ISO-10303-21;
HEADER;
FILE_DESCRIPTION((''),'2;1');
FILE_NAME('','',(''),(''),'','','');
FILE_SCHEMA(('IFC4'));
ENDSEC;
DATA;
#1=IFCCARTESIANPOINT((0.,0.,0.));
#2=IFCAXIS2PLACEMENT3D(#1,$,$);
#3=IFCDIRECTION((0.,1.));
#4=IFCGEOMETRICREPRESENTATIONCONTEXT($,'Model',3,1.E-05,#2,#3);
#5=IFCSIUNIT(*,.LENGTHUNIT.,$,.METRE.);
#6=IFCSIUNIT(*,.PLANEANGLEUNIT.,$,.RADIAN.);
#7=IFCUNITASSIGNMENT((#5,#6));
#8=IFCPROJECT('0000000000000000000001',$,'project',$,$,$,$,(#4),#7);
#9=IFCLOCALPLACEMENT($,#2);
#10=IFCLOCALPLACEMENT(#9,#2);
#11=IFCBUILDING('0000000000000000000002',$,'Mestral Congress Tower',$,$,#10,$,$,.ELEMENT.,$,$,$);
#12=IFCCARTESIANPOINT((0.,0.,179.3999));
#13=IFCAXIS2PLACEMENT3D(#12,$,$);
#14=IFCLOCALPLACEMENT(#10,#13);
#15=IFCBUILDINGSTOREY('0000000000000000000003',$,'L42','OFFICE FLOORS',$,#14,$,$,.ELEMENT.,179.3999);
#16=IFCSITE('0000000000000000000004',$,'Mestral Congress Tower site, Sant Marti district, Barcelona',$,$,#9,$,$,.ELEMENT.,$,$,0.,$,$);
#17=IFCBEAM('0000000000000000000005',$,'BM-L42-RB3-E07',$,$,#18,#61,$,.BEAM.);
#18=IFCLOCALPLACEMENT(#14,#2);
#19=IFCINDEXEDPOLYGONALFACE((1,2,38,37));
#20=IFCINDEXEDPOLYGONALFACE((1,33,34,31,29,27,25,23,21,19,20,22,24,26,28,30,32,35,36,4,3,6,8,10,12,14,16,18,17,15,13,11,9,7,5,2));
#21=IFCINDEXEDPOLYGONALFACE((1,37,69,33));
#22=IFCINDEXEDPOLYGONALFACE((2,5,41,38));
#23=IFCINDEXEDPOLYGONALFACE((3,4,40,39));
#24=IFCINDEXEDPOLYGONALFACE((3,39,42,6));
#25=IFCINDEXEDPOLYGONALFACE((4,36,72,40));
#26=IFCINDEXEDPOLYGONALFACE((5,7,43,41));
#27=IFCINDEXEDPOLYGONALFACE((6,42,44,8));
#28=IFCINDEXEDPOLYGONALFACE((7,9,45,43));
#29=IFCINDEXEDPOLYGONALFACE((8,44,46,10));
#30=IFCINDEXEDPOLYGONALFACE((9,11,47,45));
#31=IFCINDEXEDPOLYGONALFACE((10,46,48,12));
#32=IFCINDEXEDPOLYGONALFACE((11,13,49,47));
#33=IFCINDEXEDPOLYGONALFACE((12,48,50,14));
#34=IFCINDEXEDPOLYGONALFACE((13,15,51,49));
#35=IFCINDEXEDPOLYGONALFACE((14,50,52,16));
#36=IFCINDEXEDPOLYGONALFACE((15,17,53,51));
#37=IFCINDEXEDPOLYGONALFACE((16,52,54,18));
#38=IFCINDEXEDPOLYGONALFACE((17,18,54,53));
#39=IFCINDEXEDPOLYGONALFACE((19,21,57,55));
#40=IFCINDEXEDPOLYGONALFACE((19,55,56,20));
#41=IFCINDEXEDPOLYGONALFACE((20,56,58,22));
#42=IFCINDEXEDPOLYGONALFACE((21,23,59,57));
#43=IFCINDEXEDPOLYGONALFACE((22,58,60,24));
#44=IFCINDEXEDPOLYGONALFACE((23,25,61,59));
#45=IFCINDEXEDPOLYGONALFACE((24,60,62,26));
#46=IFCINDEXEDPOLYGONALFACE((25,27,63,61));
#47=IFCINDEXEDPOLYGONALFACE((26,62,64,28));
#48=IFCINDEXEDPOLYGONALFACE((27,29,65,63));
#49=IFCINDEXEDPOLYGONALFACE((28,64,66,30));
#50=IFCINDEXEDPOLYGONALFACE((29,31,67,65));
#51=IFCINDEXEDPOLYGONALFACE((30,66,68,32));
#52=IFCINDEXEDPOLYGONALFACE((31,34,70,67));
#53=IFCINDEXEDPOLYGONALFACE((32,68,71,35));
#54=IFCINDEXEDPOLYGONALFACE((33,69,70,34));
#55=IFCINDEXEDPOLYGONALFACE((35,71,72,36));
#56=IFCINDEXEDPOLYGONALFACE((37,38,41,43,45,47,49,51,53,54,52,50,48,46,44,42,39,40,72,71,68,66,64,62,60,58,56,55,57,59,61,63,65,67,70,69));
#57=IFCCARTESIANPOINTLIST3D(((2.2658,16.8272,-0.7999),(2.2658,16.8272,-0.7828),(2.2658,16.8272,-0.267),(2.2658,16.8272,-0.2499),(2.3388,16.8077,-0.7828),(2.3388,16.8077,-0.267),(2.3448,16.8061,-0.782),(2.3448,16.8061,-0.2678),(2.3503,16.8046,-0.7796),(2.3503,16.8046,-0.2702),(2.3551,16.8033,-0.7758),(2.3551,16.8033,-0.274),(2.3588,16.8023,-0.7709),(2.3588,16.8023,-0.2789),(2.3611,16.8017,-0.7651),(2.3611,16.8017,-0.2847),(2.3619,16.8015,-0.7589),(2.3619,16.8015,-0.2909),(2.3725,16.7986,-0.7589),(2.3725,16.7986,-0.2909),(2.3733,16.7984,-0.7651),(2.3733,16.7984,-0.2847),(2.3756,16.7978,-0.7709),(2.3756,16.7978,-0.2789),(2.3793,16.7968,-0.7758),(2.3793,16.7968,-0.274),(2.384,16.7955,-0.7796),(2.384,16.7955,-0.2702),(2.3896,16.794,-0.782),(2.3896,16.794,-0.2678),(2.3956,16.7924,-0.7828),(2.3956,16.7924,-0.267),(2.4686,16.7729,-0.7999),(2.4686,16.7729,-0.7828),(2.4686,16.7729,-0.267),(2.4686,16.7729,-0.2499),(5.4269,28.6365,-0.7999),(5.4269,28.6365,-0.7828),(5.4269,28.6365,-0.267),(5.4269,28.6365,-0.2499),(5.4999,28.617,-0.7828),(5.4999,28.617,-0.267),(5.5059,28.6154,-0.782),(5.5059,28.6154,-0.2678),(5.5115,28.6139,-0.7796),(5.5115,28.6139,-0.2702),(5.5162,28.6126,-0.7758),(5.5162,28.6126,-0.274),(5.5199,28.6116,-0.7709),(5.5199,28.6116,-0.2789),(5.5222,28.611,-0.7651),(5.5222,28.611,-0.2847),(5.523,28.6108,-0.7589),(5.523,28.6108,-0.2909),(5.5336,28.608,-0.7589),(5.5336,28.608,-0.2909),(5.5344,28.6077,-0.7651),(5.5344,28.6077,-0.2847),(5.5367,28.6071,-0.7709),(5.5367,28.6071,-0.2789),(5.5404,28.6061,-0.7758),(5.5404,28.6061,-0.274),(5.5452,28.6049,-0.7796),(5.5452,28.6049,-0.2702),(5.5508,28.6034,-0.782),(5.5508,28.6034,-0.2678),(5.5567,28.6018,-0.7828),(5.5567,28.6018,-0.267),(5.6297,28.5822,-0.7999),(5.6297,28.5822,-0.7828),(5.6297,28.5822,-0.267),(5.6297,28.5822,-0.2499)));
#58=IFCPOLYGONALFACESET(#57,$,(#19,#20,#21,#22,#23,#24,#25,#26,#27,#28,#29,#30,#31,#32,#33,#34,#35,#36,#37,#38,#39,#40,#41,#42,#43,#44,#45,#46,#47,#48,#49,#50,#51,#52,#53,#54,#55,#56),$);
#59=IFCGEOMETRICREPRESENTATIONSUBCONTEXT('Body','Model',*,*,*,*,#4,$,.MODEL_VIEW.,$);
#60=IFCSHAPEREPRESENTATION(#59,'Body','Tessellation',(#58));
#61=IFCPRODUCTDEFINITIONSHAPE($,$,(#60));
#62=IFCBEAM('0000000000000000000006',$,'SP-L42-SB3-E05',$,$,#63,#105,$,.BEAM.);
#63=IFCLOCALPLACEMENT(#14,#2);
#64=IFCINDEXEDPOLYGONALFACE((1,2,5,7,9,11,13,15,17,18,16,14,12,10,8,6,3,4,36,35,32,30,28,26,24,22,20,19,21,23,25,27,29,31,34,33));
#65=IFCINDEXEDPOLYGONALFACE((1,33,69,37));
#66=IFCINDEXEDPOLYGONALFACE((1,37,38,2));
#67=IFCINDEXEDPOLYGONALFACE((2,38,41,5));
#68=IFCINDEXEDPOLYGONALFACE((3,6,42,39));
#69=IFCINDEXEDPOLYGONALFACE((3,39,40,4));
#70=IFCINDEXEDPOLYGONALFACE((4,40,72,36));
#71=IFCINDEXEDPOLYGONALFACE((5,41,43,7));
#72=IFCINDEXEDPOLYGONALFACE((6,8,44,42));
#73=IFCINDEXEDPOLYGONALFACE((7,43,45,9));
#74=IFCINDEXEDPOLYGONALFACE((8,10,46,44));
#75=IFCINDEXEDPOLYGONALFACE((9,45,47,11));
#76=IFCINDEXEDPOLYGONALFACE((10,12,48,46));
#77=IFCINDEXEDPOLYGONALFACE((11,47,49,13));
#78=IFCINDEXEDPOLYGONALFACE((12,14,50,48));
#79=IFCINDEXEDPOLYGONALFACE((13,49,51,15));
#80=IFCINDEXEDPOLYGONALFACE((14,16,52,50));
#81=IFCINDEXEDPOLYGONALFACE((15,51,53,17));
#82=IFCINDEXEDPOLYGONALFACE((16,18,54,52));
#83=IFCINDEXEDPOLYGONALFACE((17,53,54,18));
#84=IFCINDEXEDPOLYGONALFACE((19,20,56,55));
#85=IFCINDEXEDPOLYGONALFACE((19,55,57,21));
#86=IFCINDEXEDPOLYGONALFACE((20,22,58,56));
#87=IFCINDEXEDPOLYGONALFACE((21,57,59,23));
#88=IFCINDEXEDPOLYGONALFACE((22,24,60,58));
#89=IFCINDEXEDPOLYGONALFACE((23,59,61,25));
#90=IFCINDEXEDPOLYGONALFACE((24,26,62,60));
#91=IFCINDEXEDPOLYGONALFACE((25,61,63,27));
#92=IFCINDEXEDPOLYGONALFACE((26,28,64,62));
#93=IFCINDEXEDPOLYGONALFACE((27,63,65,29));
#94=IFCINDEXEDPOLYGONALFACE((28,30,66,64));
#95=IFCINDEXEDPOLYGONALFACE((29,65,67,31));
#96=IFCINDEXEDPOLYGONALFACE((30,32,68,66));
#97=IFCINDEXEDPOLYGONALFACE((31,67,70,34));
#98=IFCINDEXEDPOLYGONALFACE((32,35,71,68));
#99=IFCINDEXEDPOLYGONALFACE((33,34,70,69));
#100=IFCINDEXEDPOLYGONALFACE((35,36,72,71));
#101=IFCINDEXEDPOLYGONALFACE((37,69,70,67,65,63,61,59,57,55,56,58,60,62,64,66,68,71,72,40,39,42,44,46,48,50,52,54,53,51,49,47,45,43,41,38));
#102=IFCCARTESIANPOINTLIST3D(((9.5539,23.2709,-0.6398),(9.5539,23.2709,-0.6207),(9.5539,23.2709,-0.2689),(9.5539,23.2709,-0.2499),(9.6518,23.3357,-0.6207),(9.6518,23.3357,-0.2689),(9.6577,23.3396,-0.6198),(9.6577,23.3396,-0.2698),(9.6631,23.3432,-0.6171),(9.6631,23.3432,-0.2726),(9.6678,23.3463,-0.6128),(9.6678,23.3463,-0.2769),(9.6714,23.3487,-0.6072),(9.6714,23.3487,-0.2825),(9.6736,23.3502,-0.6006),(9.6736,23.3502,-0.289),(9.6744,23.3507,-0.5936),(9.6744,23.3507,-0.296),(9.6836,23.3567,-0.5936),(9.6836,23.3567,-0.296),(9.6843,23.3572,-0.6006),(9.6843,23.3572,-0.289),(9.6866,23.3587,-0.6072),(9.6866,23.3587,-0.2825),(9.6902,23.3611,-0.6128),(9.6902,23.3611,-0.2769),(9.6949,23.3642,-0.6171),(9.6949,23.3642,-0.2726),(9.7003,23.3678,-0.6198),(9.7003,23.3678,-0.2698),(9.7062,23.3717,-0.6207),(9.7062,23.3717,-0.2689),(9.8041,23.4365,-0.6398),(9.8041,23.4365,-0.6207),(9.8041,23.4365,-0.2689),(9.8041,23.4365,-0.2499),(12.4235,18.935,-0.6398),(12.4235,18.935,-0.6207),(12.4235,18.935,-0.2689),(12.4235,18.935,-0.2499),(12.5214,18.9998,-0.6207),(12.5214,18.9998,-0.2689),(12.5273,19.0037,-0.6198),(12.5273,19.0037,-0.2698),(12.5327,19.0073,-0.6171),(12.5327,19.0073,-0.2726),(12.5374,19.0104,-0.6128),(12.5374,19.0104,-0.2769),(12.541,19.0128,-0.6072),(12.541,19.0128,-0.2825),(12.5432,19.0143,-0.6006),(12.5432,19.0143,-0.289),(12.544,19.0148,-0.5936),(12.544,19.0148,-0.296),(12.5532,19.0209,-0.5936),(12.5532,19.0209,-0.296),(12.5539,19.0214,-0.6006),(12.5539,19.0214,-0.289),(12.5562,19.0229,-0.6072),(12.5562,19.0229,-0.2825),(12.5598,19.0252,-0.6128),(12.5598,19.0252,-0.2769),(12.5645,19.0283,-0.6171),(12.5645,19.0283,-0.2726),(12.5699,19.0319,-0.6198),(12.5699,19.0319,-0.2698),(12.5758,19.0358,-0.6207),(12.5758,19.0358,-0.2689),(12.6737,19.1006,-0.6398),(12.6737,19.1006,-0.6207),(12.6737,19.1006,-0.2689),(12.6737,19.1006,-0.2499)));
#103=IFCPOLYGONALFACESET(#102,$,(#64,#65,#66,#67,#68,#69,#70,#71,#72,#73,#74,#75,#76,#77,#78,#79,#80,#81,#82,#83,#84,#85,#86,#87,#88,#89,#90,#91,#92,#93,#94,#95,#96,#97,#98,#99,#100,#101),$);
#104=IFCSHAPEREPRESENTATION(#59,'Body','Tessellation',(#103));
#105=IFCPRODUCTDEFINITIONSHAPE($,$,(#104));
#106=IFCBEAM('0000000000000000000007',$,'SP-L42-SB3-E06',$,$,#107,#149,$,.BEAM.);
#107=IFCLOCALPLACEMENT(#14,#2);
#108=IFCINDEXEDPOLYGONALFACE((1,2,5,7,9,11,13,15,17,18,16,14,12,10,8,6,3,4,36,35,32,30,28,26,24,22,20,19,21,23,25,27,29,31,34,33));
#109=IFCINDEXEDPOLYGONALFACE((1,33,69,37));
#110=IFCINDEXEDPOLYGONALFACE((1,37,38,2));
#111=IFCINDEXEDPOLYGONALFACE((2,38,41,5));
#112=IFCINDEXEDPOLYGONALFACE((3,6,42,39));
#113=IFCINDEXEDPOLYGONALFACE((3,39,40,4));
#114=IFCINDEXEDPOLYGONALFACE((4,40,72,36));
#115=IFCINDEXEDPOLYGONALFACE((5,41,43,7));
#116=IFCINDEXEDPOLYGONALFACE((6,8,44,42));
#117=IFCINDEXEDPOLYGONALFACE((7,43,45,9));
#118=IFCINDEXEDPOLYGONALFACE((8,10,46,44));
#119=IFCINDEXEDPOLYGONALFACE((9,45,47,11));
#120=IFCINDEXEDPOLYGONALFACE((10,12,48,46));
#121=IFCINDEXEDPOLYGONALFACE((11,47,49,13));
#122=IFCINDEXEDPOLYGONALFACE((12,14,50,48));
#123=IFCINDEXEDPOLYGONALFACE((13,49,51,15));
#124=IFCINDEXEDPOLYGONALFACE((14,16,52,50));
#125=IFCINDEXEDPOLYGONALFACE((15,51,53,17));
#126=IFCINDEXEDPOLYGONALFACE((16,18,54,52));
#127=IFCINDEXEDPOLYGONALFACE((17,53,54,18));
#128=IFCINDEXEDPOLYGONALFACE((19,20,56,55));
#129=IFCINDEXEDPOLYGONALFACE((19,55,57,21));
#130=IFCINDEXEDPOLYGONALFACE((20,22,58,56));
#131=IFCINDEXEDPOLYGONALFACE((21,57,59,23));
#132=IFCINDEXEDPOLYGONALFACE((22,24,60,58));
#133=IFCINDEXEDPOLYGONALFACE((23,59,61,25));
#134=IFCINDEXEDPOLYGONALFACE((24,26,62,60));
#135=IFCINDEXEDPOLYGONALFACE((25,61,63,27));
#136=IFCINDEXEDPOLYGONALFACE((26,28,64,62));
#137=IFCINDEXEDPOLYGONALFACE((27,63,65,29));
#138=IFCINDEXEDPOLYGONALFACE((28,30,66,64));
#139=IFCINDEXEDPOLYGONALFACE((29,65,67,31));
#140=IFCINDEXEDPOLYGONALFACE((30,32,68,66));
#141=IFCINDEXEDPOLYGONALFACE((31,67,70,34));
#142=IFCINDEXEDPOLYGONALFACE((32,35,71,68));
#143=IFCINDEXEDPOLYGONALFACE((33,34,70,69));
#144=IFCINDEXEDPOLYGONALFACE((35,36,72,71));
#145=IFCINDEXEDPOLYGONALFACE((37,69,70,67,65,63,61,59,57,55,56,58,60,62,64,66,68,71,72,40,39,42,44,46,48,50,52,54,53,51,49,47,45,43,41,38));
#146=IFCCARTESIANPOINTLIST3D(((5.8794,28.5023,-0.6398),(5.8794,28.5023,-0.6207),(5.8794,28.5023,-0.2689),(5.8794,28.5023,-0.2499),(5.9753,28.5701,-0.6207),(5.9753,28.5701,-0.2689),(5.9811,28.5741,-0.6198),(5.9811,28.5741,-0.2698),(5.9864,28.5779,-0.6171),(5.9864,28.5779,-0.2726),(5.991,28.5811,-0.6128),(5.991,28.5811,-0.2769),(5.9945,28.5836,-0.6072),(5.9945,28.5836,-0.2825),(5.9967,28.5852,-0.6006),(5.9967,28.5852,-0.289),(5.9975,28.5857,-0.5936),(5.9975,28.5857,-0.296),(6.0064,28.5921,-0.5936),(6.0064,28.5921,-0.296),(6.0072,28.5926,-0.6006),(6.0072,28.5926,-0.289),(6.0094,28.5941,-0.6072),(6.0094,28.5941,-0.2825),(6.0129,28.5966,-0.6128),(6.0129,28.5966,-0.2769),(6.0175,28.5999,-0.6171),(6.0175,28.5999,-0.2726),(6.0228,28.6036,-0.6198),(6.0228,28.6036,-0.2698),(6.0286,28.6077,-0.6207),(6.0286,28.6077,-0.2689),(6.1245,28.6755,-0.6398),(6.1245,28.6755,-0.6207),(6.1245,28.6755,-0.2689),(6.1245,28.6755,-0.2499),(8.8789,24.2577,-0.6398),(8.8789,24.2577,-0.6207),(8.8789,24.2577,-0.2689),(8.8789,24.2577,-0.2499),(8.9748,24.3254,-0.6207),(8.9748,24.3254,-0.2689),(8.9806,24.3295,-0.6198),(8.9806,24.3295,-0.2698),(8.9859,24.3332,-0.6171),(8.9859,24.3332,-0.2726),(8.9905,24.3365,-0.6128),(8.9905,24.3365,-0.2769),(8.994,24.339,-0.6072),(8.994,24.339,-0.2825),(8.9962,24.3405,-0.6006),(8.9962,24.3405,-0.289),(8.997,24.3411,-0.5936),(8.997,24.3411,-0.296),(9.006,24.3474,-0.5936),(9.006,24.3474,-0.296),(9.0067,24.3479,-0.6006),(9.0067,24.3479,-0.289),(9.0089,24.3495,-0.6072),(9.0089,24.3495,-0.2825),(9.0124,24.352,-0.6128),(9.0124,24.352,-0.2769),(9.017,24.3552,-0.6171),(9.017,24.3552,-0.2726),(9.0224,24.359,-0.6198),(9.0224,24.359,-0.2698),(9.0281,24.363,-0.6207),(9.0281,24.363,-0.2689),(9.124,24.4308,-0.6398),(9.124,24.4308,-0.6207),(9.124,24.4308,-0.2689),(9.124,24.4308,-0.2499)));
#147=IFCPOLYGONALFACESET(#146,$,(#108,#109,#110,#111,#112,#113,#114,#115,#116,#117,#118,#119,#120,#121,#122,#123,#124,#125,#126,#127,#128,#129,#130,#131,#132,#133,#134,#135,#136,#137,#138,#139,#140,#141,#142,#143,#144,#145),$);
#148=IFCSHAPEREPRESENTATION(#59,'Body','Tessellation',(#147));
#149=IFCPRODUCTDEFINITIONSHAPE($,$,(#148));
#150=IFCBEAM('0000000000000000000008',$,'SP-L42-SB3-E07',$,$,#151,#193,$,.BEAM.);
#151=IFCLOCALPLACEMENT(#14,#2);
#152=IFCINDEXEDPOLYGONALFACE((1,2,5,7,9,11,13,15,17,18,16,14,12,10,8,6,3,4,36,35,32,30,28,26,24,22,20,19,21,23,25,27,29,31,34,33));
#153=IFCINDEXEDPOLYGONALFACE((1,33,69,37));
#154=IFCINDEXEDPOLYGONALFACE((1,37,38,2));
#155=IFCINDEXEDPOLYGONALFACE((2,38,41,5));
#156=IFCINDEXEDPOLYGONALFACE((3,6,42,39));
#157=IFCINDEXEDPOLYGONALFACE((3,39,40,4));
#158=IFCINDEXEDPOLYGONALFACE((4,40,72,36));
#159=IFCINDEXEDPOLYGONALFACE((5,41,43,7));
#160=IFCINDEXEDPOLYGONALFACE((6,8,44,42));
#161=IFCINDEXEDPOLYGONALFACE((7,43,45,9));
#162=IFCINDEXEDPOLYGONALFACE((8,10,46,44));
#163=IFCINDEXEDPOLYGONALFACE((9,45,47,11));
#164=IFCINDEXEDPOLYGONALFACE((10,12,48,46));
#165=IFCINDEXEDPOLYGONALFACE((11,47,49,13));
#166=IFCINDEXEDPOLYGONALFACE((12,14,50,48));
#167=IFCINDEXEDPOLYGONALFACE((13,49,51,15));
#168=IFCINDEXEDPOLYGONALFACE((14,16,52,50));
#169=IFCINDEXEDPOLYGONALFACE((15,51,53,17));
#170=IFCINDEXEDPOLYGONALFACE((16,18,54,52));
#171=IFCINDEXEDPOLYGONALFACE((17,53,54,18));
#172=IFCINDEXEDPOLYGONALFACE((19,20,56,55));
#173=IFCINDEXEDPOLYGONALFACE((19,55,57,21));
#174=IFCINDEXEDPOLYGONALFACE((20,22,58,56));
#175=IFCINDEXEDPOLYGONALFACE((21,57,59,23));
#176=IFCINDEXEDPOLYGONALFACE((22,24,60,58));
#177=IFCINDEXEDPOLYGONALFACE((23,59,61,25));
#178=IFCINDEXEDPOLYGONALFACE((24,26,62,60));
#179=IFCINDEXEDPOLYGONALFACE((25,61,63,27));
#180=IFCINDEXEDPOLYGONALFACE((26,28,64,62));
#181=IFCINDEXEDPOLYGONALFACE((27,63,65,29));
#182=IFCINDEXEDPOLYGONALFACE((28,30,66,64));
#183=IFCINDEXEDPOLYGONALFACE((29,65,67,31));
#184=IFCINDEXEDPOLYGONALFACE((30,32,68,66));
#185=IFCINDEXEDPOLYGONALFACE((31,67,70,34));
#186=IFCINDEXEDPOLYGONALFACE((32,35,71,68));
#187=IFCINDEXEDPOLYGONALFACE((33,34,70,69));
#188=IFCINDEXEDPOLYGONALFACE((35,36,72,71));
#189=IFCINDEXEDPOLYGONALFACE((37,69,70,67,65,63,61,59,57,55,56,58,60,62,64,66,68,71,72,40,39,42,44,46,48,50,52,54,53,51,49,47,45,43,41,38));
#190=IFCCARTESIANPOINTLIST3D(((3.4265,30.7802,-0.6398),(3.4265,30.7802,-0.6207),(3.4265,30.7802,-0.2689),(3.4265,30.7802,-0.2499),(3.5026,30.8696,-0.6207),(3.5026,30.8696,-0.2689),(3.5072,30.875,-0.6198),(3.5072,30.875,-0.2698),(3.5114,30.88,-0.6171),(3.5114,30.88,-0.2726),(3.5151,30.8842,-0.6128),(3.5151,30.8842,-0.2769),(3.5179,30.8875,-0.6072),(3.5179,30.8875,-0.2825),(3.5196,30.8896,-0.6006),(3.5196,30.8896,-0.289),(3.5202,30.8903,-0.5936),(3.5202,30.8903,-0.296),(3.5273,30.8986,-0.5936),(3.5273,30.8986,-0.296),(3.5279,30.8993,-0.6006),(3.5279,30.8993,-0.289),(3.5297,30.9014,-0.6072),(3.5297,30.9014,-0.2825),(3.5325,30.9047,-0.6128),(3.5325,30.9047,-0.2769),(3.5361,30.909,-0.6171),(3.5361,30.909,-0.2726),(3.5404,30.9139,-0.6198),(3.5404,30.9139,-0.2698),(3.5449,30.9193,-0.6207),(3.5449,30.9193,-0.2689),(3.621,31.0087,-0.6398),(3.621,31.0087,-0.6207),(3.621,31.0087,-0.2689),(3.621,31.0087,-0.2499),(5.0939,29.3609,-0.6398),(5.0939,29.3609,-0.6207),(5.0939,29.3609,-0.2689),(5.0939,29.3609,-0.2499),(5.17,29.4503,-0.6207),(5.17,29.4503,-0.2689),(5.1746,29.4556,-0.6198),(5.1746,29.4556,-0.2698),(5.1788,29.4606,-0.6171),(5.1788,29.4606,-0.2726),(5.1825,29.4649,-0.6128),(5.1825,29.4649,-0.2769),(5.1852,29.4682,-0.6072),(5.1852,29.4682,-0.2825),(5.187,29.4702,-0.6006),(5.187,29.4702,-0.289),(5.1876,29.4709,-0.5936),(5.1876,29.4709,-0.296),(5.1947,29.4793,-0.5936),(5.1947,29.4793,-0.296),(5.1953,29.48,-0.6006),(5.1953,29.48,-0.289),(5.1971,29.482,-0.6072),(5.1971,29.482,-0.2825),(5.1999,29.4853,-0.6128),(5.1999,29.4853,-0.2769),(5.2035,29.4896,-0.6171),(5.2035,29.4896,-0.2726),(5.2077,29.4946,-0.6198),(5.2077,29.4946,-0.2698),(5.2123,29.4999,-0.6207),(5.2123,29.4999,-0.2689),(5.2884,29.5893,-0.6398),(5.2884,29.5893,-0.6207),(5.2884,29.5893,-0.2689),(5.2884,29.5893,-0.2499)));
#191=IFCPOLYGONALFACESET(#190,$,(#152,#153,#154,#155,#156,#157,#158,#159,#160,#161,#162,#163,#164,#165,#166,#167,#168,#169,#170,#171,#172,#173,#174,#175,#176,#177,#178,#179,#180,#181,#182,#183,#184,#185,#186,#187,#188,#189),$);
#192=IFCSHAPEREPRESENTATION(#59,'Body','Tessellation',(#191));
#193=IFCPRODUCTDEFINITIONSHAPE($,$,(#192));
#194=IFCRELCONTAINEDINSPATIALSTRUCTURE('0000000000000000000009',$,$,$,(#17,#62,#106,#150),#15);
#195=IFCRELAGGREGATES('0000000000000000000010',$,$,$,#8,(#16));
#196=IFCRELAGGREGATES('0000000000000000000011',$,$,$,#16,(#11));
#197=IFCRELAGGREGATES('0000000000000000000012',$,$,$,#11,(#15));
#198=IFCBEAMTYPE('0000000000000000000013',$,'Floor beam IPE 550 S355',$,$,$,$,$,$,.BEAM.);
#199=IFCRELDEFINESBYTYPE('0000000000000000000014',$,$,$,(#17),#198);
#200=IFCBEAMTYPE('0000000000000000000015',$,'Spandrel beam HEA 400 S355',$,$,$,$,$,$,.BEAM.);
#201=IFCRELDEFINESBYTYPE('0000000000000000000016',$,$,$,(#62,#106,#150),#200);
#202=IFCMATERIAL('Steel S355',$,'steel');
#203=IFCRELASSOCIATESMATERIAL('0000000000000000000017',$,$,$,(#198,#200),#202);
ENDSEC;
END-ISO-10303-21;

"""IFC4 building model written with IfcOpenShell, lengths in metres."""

from ifc_helpers import new_model, si_unit, direction, frame, origin, origin_2d, place, context, subcontext, project, spatial, i_section, extrude, material, material_profile, profile_set, type_object, element, save


model = new_model("IFC4")

# Units and contexts
model_context = context("Model", 3, precision=1e-05, world=origin(), true_north=direction((0.0, 1.0)))
body_context = subcontext(model_context, "Body", "Model", "MODEL_VIEW")
ifc_project = project(units=[si_unit("LENGTHUNIT", "METRE"), si_unit("PLANEANGLEUNIT", "RADIAN")], contexts=[model_context])

# Site, building, storey
site_placement = place(None, origin())
site = spatial("IfcSite", under=ifc_project, at=site_placement, Name="Mestral Congress Tower site, Sant Marti district, Barcelona", CompositionType="ELEMENT", RefElevation=0.0)
building_placement = place(site_placement, origin())
building = spatial("IfcBuilding", under=site, at=building_placement, Name="Mestral Congress Tower", CompositionType="ELEMENT")
storey_placement = place(building_placement, frame((0.0, 0.0, 179.3999)))
storey = spatial("IfcBuildingStorey", under=building, at=storey_placement, Name="L42", Description="OFFICE FLOORS", CompositionType="ELEMENT", Elevation=179.3999)

# Beams
ifc_material_1 = material(Name="Steel S355", Category="steel")
ifc_material_profile_1 = material_profile(ifc_material_1, i_section(OverallWidth=0.21, OverallDepth=0.55, WebThickness=0.011, FlangeThickness=0.0171, FilletRadius=0.0239, at=origin_2d()), Name="IPE 550")
ifc_profile_set_1 = profile_set([ifc_material_profile_1], Name="Steel S355")
beam_type_1 = type_object("IfcBeamType", Name="Floor beam IPE 550 S355", PredefinedType="BEAM", material=ifc_profile_set_1)
beam_1_placement = place(storey_placement, frame((5.5283, 28.6094, -0.5249), z_axis=(-0.258577, -0.965991, 0.0), x_axis=(0.965991, -0.258577, 0.0)))
element("IfcBeam", 1, at=beam_1_placement, inside=storey, type_object=beam_type_1, Name="BM-L42-RB3-E07", PredefinedType="BEAM", context=body_context, shape_type="SweptSolid", body=[
    extrude(i_section(OverallWidth=0.21, OverallDepth=0.55, WebThickness=0.011, FlangeThickness=0.0171, FilletRadius=0.0239, at=origin_2d()), origin(), (0.0, 0.0, 1.0), 12.2251),
])
ifc_material_profile_2 = material_profile(ifc_material_1, i_section(OverallWidth=0.3, OverallDepth=0.3899, WebThickness=0.011, FlangeThickness=0.019, FilletRadius=0.0271, at=origin_2d()), Name="HEA 400")
ifc_profile_set_2 = profile_set([ifc_material_profile_2], Name="Steel S355")
beam_type_2 = type_object("IfcBeamType", Name="Spandrel beam HEA 400 S355", PredefinedType="BEAM", material=ifc_profile_set_2)
beam_2_placement = place(storey_placement, frame((12.5486, 19.0178, -0.4448), z_axis=(-0.551901, 0.833909, 0.0), x_axis=(-0.833909, -0.551901, 0.0)))
element("IfcBeam", 2, at=beam_2_placement, inside=storey, type_object=beam_type_2, Name="SP-L42-SB3-E05", PredefinedType="BEAM", context=body_context, shape_type="SweptSolid", body=[
    extrude(i_section(OverallWidth=0.3, OverallDepth=0.3899, WebThickness=0.011, FlangeThickness=0.019, FilletRadius=0.0271, at=origin_2d()), origin(), (0.0, 0.0, 1.0), 5.1995),
])
beam_3_placement = place(storey_placement, frame((9.0015, 24.3442, -0.4448), z_axis=(-0.577107, 0.816668, 0.0), x_axis=(-0.816668, -0.577107, 0.0)))
element("IfcBeam", 3, at=beam_3_placement, inside=storey, type_object=beam_type_2, Name="SP-L42-SB3-E06", PredefinedType="BEAM", context=body_context, shape_type="SweptSolid", body=[
    extrude(i_section(OverallWidth=0.3, OverallDepth=0.3899, WebThickness=0.011, FlangeThickness=0.019, FilletRadius=0.0271, at=origin_2d()), origin(), (0.0, 0.0, 1.0), 5.1975),
])
beam_4_placement = place(storey_placement, frame((5.1912, 29.4751, -0.4448), z_axis=(-0.761471, 0.648198, 0.0), x_axis=(-0.648198, -0.761471, 0.0)))
element("IfcBeam", 4, at=beam_4_placement, inside=storey, type_object=beam_type_2, Name="SP-L42-SB3-E07", PredefinedType="BEAM", context=body_context, shape_type="SweptSolid", body=[
    extrude(i_section(OverallWidth=0.3, OverallDepth=0.3899, WebThickness=0.011, FlangeThickness=0.019, FilletRadius=0.0271, at=origin_2d()), origin(), (0.0, 0.0, 1.0), 2.1897),
])

save(model, "model.ifc")
